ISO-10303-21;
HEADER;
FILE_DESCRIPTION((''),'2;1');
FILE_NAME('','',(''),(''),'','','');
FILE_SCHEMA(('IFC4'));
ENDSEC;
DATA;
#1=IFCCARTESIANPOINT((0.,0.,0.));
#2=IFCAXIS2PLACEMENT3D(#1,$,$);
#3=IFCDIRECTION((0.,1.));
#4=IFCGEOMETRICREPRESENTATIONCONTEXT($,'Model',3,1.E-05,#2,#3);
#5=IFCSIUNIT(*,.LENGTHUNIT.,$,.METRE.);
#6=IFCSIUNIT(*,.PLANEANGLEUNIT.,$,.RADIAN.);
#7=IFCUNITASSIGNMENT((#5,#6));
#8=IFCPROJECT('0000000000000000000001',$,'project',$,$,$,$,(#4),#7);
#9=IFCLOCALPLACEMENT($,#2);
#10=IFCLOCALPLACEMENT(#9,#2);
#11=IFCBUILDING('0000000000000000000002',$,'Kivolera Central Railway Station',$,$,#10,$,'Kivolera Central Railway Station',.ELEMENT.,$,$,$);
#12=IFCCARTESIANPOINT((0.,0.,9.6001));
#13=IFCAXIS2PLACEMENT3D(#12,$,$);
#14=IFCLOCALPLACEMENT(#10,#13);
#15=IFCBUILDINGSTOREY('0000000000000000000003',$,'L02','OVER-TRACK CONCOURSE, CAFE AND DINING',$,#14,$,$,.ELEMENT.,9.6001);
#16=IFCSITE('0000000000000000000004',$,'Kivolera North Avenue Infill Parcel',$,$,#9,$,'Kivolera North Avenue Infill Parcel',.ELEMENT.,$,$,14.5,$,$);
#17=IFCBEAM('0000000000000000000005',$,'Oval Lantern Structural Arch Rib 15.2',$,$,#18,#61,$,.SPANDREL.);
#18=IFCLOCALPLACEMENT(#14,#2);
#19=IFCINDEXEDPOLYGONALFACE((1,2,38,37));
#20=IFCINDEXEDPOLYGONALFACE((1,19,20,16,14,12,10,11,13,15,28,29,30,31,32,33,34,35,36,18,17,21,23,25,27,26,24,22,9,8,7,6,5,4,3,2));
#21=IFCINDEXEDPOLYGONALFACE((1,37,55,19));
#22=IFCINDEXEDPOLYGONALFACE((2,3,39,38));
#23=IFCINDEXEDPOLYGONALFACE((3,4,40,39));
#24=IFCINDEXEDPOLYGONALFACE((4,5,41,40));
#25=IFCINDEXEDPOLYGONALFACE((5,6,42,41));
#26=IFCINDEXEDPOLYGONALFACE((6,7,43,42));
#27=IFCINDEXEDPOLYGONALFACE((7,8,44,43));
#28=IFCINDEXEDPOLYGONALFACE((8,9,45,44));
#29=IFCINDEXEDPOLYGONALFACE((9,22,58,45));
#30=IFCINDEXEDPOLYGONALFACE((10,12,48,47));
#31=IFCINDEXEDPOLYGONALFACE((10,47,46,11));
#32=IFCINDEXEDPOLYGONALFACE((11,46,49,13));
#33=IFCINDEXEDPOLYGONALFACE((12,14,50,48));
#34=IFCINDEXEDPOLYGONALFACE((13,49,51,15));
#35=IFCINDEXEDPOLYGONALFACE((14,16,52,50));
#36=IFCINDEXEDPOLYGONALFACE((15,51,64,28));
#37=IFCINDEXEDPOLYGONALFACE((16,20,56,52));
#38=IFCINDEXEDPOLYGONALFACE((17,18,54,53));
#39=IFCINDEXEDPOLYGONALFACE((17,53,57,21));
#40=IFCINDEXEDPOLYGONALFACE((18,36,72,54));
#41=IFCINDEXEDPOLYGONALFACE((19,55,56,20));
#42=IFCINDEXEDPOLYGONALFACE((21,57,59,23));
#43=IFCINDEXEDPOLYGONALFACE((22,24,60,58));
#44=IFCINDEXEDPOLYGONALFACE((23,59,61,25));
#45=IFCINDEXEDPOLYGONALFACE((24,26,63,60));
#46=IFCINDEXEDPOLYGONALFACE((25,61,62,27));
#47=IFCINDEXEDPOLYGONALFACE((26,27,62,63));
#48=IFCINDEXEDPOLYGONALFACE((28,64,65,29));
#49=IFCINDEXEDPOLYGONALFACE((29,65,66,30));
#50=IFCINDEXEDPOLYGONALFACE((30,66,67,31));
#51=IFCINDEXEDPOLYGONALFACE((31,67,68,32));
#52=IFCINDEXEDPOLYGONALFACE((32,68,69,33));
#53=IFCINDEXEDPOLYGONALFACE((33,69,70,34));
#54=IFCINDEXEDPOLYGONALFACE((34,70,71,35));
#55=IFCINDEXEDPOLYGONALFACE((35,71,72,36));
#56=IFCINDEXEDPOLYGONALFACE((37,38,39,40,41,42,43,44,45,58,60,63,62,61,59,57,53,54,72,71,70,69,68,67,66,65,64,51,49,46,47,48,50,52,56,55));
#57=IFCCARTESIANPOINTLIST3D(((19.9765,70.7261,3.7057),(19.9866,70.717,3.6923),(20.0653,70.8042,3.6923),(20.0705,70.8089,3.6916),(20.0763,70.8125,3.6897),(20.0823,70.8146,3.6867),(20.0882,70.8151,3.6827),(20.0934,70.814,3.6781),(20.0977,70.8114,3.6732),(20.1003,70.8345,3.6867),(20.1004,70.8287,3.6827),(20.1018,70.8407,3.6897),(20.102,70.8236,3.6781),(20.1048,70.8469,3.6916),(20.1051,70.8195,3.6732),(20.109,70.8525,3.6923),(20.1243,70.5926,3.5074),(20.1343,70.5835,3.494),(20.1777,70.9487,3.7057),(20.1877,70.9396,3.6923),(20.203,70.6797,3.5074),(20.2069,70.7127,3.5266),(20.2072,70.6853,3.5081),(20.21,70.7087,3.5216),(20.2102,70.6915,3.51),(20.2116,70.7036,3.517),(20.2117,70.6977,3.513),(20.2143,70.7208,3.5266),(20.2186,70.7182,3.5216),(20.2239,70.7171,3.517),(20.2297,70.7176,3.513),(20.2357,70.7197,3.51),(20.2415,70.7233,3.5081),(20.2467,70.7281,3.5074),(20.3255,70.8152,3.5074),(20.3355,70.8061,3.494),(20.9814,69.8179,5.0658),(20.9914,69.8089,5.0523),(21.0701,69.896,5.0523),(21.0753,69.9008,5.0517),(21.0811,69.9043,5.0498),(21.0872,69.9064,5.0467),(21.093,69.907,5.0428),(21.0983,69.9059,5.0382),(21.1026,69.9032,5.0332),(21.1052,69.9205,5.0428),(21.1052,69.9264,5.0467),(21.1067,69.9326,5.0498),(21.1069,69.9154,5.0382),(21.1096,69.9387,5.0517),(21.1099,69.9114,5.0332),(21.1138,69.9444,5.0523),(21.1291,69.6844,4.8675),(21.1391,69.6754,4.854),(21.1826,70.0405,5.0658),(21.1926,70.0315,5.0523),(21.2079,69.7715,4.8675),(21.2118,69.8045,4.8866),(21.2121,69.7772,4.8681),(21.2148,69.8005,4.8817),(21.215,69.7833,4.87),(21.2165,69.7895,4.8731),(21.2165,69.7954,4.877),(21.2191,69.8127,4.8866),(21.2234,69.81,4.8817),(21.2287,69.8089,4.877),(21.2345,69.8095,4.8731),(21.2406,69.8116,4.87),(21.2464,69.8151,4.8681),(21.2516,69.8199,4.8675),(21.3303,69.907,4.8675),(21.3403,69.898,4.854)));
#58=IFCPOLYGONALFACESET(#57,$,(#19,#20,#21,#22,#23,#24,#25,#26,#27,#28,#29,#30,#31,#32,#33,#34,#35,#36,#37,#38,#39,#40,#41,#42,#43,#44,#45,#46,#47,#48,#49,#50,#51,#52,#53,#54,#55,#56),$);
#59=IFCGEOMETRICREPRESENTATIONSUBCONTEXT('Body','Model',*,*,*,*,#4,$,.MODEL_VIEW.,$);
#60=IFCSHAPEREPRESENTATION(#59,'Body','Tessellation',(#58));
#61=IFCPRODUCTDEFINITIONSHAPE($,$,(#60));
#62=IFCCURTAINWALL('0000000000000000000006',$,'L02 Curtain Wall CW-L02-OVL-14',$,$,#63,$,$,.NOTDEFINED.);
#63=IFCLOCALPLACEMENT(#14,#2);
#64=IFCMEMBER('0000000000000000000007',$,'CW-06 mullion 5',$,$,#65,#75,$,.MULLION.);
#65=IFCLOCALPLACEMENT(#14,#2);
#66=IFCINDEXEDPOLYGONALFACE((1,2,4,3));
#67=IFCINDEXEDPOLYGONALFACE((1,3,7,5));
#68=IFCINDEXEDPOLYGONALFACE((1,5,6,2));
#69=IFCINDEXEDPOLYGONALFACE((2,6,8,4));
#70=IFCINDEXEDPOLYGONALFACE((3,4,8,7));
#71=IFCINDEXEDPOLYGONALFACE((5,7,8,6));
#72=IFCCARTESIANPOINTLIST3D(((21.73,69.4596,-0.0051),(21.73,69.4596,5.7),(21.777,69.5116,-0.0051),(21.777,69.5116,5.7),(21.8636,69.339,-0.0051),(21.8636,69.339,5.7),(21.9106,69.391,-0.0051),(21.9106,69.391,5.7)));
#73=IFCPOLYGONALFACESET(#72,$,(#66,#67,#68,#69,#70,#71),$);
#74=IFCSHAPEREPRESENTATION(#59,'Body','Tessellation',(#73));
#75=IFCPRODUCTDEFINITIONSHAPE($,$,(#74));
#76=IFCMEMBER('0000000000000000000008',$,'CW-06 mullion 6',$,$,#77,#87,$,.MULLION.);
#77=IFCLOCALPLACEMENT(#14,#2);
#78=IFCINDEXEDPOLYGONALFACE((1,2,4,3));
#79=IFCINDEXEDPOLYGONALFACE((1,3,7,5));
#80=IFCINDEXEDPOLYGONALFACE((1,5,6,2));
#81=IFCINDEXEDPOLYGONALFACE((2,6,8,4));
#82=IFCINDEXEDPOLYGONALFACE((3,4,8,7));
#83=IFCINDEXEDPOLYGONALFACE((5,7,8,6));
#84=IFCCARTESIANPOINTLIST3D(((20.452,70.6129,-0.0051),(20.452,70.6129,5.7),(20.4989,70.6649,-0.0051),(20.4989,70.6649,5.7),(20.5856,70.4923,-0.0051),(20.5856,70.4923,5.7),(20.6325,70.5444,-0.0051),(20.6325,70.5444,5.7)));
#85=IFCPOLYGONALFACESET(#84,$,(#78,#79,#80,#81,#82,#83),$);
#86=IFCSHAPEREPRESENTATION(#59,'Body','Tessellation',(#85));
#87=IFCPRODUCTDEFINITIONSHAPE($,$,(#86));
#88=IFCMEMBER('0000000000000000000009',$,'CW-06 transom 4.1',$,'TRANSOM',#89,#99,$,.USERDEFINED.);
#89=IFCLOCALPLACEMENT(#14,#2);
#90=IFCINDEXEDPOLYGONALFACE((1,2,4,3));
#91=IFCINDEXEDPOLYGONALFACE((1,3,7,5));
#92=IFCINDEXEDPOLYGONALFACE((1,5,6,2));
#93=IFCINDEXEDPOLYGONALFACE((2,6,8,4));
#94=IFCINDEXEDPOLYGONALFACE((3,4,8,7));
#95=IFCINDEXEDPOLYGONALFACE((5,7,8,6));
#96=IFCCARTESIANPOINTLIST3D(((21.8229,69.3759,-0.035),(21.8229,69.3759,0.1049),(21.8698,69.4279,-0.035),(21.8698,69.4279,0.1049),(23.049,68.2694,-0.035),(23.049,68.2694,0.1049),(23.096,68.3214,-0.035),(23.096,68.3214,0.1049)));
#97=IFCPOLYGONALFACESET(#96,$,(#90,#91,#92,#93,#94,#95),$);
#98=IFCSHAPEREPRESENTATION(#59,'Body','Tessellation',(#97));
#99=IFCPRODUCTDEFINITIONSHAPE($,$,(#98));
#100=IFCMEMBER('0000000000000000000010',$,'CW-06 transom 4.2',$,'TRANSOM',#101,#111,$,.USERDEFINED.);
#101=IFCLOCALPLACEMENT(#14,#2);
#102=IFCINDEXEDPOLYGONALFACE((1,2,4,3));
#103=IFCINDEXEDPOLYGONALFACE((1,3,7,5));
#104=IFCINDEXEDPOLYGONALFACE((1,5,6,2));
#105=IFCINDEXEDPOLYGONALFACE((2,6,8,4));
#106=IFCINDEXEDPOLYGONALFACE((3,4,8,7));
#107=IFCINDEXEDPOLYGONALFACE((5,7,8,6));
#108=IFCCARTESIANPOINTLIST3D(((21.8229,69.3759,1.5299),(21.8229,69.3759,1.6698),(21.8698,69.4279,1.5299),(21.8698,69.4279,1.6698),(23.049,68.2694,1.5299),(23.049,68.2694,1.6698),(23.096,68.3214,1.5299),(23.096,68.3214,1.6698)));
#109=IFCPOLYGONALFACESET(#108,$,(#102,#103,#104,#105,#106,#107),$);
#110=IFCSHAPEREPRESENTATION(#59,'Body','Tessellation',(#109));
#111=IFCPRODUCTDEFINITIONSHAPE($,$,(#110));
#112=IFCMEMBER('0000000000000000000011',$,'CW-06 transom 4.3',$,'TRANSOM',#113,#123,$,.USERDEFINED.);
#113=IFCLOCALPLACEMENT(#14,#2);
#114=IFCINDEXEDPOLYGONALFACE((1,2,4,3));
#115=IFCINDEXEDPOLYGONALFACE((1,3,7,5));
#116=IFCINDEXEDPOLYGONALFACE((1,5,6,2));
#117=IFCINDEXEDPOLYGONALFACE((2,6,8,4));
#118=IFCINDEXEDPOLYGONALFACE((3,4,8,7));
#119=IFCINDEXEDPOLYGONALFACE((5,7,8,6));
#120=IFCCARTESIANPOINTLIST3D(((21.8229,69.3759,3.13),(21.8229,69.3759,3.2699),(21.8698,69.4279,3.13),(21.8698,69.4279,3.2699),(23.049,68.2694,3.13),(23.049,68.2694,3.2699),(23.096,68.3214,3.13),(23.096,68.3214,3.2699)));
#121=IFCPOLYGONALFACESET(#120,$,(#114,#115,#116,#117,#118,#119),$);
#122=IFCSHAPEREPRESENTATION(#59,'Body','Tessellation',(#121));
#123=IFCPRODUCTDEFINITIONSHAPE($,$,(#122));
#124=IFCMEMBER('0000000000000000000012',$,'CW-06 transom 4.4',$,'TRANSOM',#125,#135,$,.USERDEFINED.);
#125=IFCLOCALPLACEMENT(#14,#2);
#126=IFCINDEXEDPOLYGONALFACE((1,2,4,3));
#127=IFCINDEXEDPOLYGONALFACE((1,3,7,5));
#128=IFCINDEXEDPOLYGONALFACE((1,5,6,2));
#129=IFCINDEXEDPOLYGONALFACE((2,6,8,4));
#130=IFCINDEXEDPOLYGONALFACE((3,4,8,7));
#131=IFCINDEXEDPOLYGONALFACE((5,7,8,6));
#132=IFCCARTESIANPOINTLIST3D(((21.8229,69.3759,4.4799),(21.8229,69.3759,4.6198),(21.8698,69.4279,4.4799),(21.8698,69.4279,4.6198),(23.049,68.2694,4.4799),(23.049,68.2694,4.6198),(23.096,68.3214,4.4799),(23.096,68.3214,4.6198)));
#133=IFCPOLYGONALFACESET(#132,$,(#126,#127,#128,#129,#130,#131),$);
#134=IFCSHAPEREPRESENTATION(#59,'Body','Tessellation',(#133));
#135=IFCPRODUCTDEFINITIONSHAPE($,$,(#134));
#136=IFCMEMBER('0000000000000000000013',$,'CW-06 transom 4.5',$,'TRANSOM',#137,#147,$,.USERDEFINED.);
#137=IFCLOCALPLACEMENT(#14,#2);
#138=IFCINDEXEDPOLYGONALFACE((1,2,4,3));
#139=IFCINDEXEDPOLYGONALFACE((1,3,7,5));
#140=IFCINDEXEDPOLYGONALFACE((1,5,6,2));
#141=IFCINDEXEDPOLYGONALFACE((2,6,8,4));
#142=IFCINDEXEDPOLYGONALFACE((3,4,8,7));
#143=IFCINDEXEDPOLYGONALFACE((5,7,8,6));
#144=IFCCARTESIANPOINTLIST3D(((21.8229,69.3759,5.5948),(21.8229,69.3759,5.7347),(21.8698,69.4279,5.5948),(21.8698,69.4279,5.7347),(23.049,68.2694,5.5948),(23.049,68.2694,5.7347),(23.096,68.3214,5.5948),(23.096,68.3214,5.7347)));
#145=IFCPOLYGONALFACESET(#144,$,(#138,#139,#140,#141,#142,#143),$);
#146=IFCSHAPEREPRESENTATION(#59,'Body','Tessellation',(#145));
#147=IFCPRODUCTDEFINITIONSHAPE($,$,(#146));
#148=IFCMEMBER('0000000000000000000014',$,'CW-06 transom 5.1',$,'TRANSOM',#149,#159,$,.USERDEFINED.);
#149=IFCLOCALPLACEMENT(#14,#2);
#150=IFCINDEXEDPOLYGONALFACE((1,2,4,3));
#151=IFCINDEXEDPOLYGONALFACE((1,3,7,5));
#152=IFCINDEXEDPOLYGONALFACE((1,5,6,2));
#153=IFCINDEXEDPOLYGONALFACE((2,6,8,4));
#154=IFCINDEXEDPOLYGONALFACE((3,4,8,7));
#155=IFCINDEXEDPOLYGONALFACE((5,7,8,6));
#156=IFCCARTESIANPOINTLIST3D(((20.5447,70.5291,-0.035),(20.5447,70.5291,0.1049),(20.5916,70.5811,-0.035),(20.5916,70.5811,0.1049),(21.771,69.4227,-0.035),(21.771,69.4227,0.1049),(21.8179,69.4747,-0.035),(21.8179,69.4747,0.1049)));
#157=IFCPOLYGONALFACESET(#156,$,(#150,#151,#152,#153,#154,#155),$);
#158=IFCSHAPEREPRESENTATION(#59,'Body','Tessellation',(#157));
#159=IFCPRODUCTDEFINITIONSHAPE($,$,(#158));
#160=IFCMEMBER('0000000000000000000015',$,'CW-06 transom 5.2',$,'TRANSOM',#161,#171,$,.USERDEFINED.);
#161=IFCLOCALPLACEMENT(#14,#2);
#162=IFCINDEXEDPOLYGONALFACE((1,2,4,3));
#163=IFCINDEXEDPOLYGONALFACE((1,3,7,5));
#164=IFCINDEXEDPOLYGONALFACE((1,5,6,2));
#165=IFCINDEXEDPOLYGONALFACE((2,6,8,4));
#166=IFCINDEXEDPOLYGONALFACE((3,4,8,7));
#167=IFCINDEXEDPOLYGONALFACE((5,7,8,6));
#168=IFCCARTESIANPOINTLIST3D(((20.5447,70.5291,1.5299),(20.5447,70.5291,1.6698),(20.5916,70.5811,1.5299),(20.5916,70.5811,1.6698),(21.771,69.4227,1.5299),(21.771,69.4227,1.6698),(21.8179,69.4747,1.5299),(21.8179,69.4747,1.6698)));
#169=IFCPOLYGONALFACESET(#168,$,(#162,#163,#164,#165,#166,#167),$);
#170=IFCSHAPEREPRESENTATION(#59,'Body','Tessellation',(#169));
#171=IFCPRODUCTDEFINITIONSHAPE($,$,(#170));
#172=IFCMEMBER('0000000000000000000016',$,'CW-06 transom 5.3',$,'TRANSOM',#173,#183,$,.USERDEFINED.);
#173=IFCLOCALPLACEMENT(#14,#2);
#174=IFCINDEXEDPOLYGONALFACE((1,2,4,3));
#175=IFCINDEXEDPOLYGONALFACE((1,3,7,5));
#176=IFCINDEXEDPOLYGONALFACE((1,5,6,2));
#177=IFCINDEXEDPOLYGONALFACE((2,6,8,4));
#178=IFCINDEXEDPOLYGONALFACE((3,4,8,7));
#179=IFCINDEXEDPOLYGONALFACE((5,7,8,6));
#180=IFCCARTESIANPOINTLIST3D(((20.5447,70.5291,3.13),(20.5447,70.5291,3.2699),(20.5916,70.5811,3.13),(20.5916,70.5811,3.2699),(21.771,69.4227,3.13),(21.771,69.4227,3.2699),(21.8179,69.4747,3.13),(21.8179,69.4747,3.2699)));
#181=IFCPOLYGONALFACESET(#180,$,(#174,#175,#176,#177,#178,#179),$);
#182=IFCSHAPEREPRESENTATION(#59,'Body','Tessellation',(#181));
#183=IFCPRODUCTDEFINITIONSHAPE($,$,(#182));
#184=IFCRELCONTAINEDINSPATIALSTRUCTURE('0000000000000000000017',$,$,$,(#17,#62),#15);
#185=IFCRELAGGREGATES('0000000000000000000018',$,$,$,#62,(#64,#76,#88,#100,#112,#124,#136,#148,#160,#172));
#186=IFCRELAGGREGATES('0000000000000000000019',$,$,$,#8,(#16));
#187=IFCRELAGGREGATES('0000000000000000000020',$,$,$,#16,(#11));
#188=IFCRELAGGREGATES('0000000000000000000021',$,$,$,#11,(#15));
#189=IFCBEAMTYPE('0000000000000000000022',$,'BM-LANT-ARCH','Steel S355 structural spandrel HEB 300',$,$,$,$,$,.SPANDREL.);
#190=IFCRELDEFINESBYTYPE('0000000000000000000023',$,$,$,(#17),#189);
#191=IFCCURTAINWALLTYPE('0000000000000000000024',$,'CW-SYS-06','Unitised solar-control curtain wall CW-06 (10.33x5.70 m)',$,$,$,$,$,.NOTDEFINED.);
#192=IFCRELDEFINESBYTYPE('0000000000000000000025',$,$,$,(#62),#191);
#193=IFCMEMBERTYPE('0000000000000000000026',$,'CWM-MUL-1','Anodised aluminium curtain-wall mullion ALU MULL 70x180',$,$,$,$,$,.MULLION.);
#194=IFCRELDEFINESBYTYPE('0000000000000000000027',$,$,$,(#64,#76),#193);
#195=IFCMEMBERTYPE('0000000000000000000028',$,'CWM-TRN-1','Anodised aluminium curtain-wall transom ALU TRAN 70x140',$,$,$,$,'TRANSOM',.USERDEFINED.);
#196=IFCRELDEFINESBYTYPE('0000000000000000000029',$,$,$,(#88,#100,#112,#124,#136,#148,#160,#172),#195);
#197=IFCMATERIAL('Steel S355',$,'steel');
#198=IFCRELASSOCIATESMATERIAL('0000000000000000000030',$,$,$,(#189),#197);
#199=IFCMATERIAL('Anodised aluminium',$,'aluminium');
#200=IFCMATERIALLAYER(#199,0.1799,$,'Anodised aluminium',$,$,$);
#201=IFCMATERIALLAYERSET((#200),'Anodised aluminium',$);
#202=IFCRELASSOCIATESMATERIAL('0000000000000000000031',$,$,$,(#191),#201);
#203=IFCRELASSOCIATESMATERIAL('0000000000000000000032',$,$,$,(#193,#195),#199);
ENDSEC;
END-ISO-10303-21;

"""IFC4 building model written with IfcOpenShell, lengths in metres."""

from ifc_helpers import new_model, si_unit, direction, frame, origin, origin_2d, place, context, subcontext, project, spatial, rectangle, i_section, extrude, material, layer, layer_set, material_profile, profile_set, type_object, element, aggregate, save


model = new_model("IFC4")

# Units and contexts
model_context = context("Model", 3, precision=1e-05, world=origin(), true_north=direction((0.0, 1.0)))
body_context = subcontext(model_context, "Body", "Model", "MODEL_VIEW")
ifc_project = project(units=[si_unit("LENGTHUNIT", "METRE"), si_unit("PLANEANGLEUNIT", "RADIAN")], contexts=[model_context])

# Site, building, storey
site_placement = place(None, origin())
site = spatial("IfcSite", under=ifc_project, at=site_placement, Name="Kivolera North Avenue Infill Parcel", LongName="Kivolera North Avenue Infill Parcel", CompositionType="ELEMENT", RefElevation=14.5)
building_placement = place(site_placement, origin())
building = spatial("IfcBuilding", under=site, at=building_placement, Name="Kivolera Central Railway Station", LongName="Kivolera Central Railway Station", CompositionType="ELEMENT")
storey_placement = place(building_placement, frame((0.0, 0.0, 9.6001)))
storey = spatial("IfcBuildingStorey", under=building, at=storey_placement, Name="L02", Description="OVER-TRACK CONCOURSE, CAFE AND DINING", CompositionType="ELEMENT", Elevation=9.6001)

# Beam
ifc_material_1 = material(Name="Steel S355", Category="steel")
ifc_material_profile_1 = material_profile(ifc_material_1, i_section(OverallWidth=0.3, OverallDepth=0.3, WebThickness=0.011, FlangeThickness=0.019, FilletRadius=0.0271, at=origin_2d()), Name="HEB 300")
ifc_profile_set_1 = profile_set([ifc_material_profile_1], Name="Steel S355")
beam_type = type_object("IfcBeamType", Name="BM-LANT-ARCH", Description="Steel S355 structural spandrel HEB 300", PredefinedType="SPANDREL", material=ifc_profile_set_1)
beam_placement = place(storey_placement, frame((20.156, 70.7661, 3.5999), z_axis=(0.52351, -0.473143, 0.708571), x_axis=(0.670517, 0.741894, 0.0)))
element("IfcBeam", 1, at=beam_placement, inside=storey, type_object=beam_type, Name="Oval Lantern Structural Arch Rib 15.2", PredefinedType="SPANDREL", context=body_context, shape_type="SweptSolid", body=[
    extrude(i_section(OverallWidth=0.3, OverallDepth=0.3, WebThickness=0.011, FlangeThickness=0.019, FilletRadius=0.0271, at=origin_2d()), origin(), (0.0, 0.0, 1.0), 1.9194),
])

# Curtain wall, members
ifc_material_2 = material(Name="Anodised aluminium", Category="aluminium")
ifc_layer_1 = layer(ifc_material_2, 0.1799, Name="Anodised aluminium")
ifc_layer_set_1 = layer_set([ifc_layer_1], Name="Anodised aluminium")
curtain_wall_type = type_object("IfcCurtainWallType", Name="CW-SYS-06", Description="Unitised solar-control curtain wall CW-06 (10.33x5.70 m)", PredefinedType="NOTDEFINED", material=ifc_layer_set_1)
curtain_wall_placement = place(storey_placement, origin())
curtain_wall = element("IfcCurtainWall", 2, at=curtain_wall_placement, inside=storey, type_object=curtain_wall_type, Name="L02 Curtain Wall CW-L02-OVL-14", PredefinedType="NOTDEFINED")
ifc_material_profile_2 = material_profile(ifc_material_2, rectangle(XDim=0.0701, YDim=0.1799, at=origin_2d()), Name="ALU MULL 70x180")
ifc_profile_set_2 = profile_set([ifc_material_profile_2], Name="Anodised aluminium")
member_type_1 = type_object("IfcMemberType", Name="CWM-MUL-1", Description="Anodised aluminium curtain-wall mullion ALU MULL 70x180", PredefinedType="MULLION", material=ifc_profile_set_2)
member_1_placement = place(storey_placement, frame((21.8203, 69.4253, -0.0051), z_axis=(0.0, 0.0, 1.0), x_axis=(-0.669922, -0.742432, 0.0)))
member_1 = element("IfcMember", 3, at=member_1_placement, type_object=member_type_1, Name="CW-06 mullion 5", PredefinedType="MULLION", context=body_context, shape_type="SweptSolid", body=[
    extrude(rectangle(XDim=0.0701, YDim=0.1799, at=origin_2d()), origin(), (0.0, 0.0, 1.0), 5.7051),
])
member_2_placement = place(storey_placement, frame((20.5422, 70.5786, -0.0051), z_axis=(0.0, 0.0, 1.0), x_axis=(-0.669922, -0.742432, 0.0)))
member_2 = element("IfcMember", 4, at=member_2_placement, type_object=member_type_1, Name="CW-06 mullion 6", PredefinedType="MULLION", context=body_context, shape_type="SweptSolid", body=[
    extrude(rectangle(XDim=0.0701, YDim=0.1799, at=origin_2d()), origin(), (0.0, 0.0, 1.0), 5.7051),
])
ifc_material_profile_3 = material_profile(ifc_material_2, rectangle(XDim=0.0701, YDim=0.1399, at=origin_2d()), Name="ALU TRAN 70x140")
ifc_profile_set_3 = profile_set([ifc_material_profile_3], Name="Anodised aluminium")
member_type_2 = type_object("IfcMemberType", Name="CWM-TRN-1", Description="Anodised aluminium curtain-wall transom ALU TRAN 70x140", ElementType="TRANSOM", PredefinedType="USERDEFINED", material=ifc_profile_set_3)
member_3_placement = place(storey_placement, frame((23.0725, 68.2954, 0.0349), z_axis=(-0.742397, 0.669961, 0.0), x_axis=(-0.669961, -0.742397, 0.0)))
member_3 = element("IfcMember", 5, at=member_3_placement, type_object=member_type_2, Name="CW-06 transom 4.1", ObjectType="TRANSOM", PredefinedType="USERDEFINED", context=body_context, shape_type="SweptSolid", body=[
    extrude(rectangle(XDim=0.0701, YDim=0.1399, at=origin_2d()), origin(), (0.0, 0.0, 1.0), 1.6516),
])
member_4_placement = place(storey_placement, frame((23.0725, 68.2954, 1.5999), z_axis=(-0.742397, 0.669961, 0.0), x_axis=(-0.669961, -0.742397, 0.0)))
member_4 = element("IfcMember", 6, at=member_4_placement, type_object=member_type_2, Name="CW-06 transom 4.2", ObjectType="TRANSOM", PredefinedType="USERDEFINED", context=body_context, shape_type="SweptSolid", body=[
    extrude(rectangle(XDim=0.0701, YDim=0.1399, at=origin_2d()), origin(), (0.0, 0.0, 1.0), 1.6516),
])
member_5_placement = place(storey_placement, frame((23.0725, 68.2954, 3.2), z_axis=(-0.742397, 0.669961, 0.0), x_axis=(-0.669961, -0.742397, 0.0)))
member_5 = element("IfcMember", 7, at=member_5_placement, type_object=member_type_2, Name="CW-06 transom 4.3", ObjectType="TRANSOM", PredefinedType="USERDEFINED", context=body_context, shape_type="SweptSolid", body=[
    extrude(rectangle(XDim=0.0701, YDim=0.1399, at=origin_2d()), origin(), (0.0, 0.0, 1.0), 1.6516),
])
member_6_placement = place(storey_placement, frame((23.0725, 68.2954, 4.5498), z_axis=(-0.742397, 0.669961, 0.0), x_axis=(-0.669961, -0.742397, 0.0)))
member_6 = element("IfcMember", 8, at=member_6_placement, type_object=member_type_2, Name="CW-06 transom 4.4", ObjectType="TRANSOM", PredefinedType="USERDEFINED", context=body_context, shape_type="SweptSolid", body=[
    extrude(rectangle(XDim=0.0701, YDim=0.1399, at=origin_2d()), origin(), (0.0, 0.0, 1.0), 1.6516),
])
member_7_placement = place(storey_placement, frame((23.0725, 68.2954, 5.6648), z_axis=(-0.742397, 0.669961, 0.0), x_axis=(-0.669961, -0.742397, 0.0)))
member_7 = element("IfcMember", 9, at=member_7_placement, type_object=member_type_2, Name="CW-06 transom 4.5", ObjectType="TRANSOM", PredefinedType="USERDEFINED", context=body_context, shape_type="SweptSolid", body=[
    extrude(rectangle(XDim=0.0701, YDim=0.1399, at=origin_2d()), origin(), (0.0, 0.0, 1.0), 1.6516),
])
member_8_placement = place(storey_placement, frame((21.7944, 69.4487, 0.0349), z_axis=(-0.742463, 0.669887, 0.0), x_axis=(-0.669887, -0.742463, 0.0)))
member_8 = element("IfcMember", 10, at=member_8_placement, type_object=member_type_2, Name="CW-06 transom 5.1", ObjectType="TRANSOM", PredefinedType="USERDEFINED", context=body_context, shape_type="SweptSolid", body=[
    extrude(rectangle(XDim=0.0701, YDim=0.1399, at=origin_2d()), origin(), (0.0, 0.0, 1.0), 1.6516),
])
member_9_placement = place(storey_placement, frame((21.7944, 69.4487, 1.5999), z_axis=(-0.742463, 0.669887, 0.0), x_axis=(-0.669887, -0.742463, 0.0)))
member_9 = element("IfcMember", 11, at=member_9_placement, type_object=member_type_2, Name="CW-06 transom 5.2", ObjectType="TRANSOM", PredefinedType="USERDEFINED", context=body_context, shape_type="SweptSolid", body=[
    extrude(rectangle(XDim=0.0701, YDim=0.1399, at=origin_2d()), origin(), (0.0, 0.0, 1.0), 1.6516),
])
member_10_placement = place(storey_placement, frame((21.7944, 69.4487, 3.2), z_axis=(-0.742463, 0.669887, 0.0), x_axis=(-0.669887, -0.742463, 0.0)))
member_10 = element("IfcMember", 12, at=member_10_placement, type_object=member_type_2, Name="CW-06 transom 5.3", ObjectType="TRANSOM", PredefinedType="USERDEFINED", context=body_context, shape_type="SweptSolid", body=[
    extrude(rectangle(XDim=0.0701, YDim=0.1399, at=origin_2d()), origin(), (0.0, 0.0, 1.0), 1.6516),
])
aggregate(curtain_wall, [member_1, member_2, member_3, member_4, member_5, member_6, member_7, member_8, member_9, member_10])

save(model, "model.ifc")
